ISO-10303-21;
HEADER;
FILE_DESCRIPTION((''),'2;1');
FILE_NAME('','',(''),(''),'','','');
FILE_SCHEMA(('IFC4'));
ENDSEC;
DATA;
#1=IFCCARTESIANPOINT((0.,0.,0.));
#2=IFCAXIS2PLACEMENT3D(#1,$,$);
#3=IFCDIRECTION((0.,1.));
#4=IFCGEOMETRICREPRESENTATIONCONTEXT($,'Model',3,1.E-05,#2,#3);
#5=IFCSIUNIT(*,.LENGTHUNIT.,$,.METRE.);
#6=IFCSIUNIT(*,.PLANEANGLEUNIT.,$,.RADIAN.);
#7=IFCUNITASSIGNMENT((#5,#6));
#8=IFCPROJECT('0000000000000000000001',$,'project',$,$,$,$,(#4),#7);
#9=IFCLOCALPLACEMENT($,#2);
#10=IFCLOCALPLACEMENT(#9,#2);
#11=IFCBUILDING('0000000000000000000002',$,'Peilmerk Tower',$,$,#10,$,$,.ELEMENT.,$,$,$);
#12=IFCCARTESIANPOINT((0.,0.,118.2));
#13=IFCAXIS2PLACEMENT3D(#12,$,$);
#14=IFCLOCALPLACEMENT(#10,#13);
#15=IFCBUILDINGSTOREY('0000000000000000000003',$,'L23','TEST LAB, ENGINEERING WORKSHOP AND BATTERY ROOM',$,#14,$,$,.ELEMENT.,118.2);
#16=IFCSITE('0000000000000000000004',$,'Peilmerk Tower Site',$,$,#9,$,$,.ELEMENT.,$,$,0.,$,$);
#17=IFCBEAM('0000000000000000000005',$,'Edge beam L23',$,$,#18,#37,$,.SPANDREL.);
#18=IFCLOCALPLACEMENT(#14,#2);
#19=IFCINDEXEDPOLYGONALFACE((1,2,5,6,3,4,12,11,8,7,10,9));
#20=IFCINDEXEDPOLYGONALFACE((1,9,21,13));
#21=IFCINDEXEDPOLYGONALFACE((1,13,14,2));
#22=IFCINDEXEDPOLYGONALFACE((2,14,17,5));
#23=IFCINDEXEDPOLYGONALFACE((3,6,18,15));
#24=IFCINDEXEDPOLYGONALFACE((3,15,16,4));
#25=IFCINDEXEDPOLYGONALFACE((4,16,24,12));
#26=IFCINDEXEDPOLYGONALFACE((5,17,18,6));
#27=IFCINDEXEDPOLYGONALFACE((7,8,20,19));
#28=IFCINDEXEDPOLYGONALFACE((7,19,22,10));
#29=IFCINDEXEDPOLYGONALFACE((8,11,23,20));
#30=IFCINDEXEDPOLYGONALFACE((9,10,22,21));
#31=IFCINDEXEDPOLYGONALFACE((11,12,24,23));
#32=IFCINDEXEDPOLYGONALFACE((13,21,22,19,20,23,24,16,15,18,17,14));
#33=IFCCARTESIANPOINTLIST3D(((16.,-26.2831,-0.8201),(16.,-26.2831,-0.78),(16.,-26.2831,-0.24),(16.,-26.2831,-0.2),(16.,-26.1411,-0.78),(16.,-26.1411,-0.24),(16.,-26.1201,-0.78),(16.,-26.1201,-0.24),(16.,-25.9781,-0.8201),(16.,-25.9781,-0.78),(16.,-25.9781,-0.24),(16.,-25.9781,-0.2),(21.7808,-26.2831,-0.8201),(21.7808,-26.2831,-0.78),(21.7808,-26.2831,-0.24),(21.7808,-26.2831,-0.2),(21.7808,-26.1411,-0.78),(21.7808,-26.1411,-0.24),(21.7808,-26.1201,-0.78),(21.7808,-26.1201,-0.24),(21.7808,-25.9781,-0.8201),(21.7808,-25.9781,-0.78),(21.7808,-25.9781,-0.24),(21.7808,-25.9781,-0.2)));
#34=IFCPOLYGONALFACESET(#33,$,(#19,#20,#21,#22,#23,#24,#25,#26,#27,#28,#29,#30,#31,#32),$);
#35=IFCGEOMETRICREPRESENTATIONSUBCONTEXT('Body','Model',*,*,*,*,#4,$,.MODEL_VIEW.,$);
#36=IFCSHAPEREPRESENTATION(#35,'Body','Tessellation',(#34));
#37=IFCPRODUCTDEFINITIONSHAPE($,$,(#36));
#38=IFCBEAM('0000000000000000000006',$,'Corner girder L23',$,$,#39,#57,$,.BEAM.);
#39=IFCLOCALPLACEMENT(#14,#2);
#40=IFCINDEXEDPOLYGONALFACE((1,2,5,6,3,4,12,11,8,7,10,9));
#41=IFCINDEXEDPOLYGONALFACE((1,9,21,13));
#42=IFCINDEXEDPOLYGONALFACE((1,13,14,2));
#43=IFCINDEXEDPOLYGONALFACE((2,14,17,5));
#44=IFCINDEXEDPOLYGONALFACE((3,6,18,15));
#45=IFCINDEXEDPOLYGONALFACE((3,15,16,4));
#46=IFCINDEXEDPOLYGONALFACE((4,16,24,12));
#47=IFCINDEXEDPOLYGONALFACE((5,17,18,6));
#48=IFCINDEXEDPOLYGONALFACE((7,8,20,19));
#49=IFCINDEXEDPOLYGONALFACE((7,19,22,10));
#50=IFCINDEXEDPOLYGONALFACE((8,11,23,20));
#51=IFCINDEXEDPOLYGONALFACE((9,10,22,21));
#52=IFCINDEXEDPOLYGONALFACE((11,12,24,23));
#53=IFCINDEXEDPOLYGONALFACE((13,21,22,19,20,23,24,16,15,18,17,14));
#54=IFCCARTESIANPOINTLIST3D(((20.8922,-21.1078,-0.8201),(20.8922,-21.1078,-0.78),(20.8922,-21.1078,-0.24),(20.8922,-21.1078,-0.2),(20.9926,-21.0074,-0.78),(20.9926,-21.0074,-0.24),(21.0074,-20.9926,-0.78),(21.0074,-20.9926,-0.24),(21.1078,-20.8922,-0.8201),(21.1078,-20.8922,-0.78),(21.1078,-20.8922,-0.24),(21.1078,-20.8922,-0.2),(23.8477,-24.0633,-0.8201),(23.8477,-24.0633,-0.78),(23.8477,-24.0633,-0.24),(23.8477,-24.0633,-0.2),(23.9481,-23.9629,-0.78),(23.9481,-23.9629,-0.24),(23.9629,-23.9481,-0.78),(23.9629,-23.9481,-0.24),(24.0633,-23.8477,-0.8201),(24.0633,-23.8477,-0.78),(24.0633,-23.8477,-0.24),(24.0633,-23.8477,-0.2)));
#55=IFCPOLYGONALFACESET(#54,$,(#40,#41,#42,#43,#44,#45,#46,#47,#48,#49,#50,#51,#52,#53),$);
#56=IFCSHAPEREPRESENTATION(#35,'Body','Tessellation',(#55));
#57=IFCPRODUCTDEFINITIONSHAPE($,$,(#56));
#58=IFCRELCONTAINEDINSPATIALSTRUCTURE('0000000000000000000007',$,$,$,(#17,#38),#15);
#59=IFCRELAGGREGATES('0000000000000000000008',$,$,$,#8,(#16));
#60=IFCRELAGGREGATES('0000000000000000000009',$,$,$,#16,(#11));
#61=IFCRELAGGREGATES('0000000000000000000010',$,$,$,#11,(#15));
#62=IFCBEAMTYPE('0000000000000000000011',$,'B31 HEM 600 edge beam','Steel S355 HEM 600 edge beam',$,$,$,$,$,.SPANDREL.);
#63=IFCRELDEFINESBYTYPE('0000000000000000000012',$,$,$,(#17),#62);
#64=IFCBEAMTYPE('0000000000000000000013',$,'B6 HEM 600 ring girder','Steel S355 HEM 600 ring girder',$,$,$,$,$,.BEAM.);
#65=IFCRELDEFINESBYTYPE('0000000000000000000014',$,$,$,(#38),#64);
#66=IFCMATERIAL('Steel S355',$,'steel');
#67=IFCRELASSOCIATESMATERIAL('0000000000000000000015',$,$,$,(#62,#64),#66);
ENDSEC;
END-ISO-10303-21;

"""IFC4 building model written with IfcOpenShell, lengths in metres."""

from ifc_helpers import new_model, si_unit, direction, frame, origin, origin_2d, place, context, subcontext, project, spatial, i_section, extrude, material, material_profile, profile_set, type_object, element, save


model = new_model("IFC4")

# Units and contexts
model_context = context("Model", 3, precision=1e-05, world=origin(), true_north=direction((0.0, 1.0)))
body_context = subcontext(model_context, "Body", "Model", "MODEL_VIEW")
ifc_project = project(units=[si_unit("LENGTHUNIT", "METRE"), si_unit("PLANEANGLEUNIT", "RADIAN")], contexts=[model_context])

# Site, building, storey
site_placement = place(None, origin())
site = spatial("IfcSite", under=ifc_project, at=site_placement, Name="Peilmerk Tower Site", CompositionType="ELEMENT", RefElevation=0.0)
building_placement = place(site_placement, origin())
building = spatial("IfcBuilding", under=site, at=building_placement, Name="Peilmerk Tower", CompositionType="ELEMENT")
storey_placement = place(building_placement, frame((0.0, 0.0, 118.2)))
storey = spatial("IfcBuildingStorey", under=building, at=storey_placement, Name="L23", Description="TEST LAB, ENGINEERING WORKSHOP AND BATTERY ROOM", CompositionType="ELEMENT", Elevation=118.2)

# Beams
ifc_material_1 = material(Name="Steel S355", Category="steel")
ifc_material_profile_1 = material_profile(ifc_material_1, i_section(OverallWidth=0.3049, OverallDepth=0.6201, WebThickness=0.021, FlangeThickness=0.04, at=origin_2d()), Name="HEM 600")
ifc_profile_set_1 = profile_set([ifc_material_profile_1], Name="Steel S355")
beam_type_1 = type_object("IfcBeamType", Name="B31 HEM 600 edge beam", Description="Steel S355 HEM 600 edge beam", PredefinedType="SPANDREL", material=ifc_profile_set_1)
beam_1_placement = place(storey_placement, frame((16.0, -26.1306, -0.51), z_axis=(1.0, 0.0, 0.0), x_axis=(0.0, 1.0, 0.0)))
element("IfcBeam", 1, at=beam_1_placement, inside=storey, type_object=beam_type_1, Name="Edge beam L23", PredefinedType="SPANDREL", context=body_context, shape_type="SweptSolid", body=[
    extrude(i_section(OverallWidth=0.3049, OverallDepth=0.6201, WebThickness=0.021, FlangeThickness=0.04, at=origin_2d()), origin(), (0.0, 0.0, 1.0), 5.7808),
])
ifc_material_profile_2 = material_profile(ifc_material_1, i_section(OverallWidth=0.3049, OverallDepth=0.6201, WebThickness=0.021, FlangeThickness=0.04, at=origin_2d()), Name="HEM 600")
ifc_profile_set_2 = profile_set([ifc_material_profile_2], Name="Steel S355")
beam_type_2 = type_object("IfcBeamType", Name="B6 HEM 600 ring girder", Description="Steel S355 HEM 600 ring girder", PredefinedType="BEAM", material=ifc_profile_set_2)
beam_2_placement = place(storey_placement, frame((21.0, -21.0, -0.51), z_axis=(0.707107, -0.707107, 0.0), x_axis=(0.707107, 0.707107, 0.0)))
element("IfcBeam", 2, at=beam_2_placement, inside=storey, type_object=beam_type_2, Name="Corner girder L23", PredefinedType="BEAM", context=body_context, shape_type="SweptSolid", body=[
    extrude(i_section(OverallWidth=0.3049, OverallDepth=0.6201, WebThickness=0.021, FlangeThickness=0.04, at=origin_2d()), origin(), (0.0, 0.0, 1.0), 4.1797),
])

save(model, "model.ifc")
